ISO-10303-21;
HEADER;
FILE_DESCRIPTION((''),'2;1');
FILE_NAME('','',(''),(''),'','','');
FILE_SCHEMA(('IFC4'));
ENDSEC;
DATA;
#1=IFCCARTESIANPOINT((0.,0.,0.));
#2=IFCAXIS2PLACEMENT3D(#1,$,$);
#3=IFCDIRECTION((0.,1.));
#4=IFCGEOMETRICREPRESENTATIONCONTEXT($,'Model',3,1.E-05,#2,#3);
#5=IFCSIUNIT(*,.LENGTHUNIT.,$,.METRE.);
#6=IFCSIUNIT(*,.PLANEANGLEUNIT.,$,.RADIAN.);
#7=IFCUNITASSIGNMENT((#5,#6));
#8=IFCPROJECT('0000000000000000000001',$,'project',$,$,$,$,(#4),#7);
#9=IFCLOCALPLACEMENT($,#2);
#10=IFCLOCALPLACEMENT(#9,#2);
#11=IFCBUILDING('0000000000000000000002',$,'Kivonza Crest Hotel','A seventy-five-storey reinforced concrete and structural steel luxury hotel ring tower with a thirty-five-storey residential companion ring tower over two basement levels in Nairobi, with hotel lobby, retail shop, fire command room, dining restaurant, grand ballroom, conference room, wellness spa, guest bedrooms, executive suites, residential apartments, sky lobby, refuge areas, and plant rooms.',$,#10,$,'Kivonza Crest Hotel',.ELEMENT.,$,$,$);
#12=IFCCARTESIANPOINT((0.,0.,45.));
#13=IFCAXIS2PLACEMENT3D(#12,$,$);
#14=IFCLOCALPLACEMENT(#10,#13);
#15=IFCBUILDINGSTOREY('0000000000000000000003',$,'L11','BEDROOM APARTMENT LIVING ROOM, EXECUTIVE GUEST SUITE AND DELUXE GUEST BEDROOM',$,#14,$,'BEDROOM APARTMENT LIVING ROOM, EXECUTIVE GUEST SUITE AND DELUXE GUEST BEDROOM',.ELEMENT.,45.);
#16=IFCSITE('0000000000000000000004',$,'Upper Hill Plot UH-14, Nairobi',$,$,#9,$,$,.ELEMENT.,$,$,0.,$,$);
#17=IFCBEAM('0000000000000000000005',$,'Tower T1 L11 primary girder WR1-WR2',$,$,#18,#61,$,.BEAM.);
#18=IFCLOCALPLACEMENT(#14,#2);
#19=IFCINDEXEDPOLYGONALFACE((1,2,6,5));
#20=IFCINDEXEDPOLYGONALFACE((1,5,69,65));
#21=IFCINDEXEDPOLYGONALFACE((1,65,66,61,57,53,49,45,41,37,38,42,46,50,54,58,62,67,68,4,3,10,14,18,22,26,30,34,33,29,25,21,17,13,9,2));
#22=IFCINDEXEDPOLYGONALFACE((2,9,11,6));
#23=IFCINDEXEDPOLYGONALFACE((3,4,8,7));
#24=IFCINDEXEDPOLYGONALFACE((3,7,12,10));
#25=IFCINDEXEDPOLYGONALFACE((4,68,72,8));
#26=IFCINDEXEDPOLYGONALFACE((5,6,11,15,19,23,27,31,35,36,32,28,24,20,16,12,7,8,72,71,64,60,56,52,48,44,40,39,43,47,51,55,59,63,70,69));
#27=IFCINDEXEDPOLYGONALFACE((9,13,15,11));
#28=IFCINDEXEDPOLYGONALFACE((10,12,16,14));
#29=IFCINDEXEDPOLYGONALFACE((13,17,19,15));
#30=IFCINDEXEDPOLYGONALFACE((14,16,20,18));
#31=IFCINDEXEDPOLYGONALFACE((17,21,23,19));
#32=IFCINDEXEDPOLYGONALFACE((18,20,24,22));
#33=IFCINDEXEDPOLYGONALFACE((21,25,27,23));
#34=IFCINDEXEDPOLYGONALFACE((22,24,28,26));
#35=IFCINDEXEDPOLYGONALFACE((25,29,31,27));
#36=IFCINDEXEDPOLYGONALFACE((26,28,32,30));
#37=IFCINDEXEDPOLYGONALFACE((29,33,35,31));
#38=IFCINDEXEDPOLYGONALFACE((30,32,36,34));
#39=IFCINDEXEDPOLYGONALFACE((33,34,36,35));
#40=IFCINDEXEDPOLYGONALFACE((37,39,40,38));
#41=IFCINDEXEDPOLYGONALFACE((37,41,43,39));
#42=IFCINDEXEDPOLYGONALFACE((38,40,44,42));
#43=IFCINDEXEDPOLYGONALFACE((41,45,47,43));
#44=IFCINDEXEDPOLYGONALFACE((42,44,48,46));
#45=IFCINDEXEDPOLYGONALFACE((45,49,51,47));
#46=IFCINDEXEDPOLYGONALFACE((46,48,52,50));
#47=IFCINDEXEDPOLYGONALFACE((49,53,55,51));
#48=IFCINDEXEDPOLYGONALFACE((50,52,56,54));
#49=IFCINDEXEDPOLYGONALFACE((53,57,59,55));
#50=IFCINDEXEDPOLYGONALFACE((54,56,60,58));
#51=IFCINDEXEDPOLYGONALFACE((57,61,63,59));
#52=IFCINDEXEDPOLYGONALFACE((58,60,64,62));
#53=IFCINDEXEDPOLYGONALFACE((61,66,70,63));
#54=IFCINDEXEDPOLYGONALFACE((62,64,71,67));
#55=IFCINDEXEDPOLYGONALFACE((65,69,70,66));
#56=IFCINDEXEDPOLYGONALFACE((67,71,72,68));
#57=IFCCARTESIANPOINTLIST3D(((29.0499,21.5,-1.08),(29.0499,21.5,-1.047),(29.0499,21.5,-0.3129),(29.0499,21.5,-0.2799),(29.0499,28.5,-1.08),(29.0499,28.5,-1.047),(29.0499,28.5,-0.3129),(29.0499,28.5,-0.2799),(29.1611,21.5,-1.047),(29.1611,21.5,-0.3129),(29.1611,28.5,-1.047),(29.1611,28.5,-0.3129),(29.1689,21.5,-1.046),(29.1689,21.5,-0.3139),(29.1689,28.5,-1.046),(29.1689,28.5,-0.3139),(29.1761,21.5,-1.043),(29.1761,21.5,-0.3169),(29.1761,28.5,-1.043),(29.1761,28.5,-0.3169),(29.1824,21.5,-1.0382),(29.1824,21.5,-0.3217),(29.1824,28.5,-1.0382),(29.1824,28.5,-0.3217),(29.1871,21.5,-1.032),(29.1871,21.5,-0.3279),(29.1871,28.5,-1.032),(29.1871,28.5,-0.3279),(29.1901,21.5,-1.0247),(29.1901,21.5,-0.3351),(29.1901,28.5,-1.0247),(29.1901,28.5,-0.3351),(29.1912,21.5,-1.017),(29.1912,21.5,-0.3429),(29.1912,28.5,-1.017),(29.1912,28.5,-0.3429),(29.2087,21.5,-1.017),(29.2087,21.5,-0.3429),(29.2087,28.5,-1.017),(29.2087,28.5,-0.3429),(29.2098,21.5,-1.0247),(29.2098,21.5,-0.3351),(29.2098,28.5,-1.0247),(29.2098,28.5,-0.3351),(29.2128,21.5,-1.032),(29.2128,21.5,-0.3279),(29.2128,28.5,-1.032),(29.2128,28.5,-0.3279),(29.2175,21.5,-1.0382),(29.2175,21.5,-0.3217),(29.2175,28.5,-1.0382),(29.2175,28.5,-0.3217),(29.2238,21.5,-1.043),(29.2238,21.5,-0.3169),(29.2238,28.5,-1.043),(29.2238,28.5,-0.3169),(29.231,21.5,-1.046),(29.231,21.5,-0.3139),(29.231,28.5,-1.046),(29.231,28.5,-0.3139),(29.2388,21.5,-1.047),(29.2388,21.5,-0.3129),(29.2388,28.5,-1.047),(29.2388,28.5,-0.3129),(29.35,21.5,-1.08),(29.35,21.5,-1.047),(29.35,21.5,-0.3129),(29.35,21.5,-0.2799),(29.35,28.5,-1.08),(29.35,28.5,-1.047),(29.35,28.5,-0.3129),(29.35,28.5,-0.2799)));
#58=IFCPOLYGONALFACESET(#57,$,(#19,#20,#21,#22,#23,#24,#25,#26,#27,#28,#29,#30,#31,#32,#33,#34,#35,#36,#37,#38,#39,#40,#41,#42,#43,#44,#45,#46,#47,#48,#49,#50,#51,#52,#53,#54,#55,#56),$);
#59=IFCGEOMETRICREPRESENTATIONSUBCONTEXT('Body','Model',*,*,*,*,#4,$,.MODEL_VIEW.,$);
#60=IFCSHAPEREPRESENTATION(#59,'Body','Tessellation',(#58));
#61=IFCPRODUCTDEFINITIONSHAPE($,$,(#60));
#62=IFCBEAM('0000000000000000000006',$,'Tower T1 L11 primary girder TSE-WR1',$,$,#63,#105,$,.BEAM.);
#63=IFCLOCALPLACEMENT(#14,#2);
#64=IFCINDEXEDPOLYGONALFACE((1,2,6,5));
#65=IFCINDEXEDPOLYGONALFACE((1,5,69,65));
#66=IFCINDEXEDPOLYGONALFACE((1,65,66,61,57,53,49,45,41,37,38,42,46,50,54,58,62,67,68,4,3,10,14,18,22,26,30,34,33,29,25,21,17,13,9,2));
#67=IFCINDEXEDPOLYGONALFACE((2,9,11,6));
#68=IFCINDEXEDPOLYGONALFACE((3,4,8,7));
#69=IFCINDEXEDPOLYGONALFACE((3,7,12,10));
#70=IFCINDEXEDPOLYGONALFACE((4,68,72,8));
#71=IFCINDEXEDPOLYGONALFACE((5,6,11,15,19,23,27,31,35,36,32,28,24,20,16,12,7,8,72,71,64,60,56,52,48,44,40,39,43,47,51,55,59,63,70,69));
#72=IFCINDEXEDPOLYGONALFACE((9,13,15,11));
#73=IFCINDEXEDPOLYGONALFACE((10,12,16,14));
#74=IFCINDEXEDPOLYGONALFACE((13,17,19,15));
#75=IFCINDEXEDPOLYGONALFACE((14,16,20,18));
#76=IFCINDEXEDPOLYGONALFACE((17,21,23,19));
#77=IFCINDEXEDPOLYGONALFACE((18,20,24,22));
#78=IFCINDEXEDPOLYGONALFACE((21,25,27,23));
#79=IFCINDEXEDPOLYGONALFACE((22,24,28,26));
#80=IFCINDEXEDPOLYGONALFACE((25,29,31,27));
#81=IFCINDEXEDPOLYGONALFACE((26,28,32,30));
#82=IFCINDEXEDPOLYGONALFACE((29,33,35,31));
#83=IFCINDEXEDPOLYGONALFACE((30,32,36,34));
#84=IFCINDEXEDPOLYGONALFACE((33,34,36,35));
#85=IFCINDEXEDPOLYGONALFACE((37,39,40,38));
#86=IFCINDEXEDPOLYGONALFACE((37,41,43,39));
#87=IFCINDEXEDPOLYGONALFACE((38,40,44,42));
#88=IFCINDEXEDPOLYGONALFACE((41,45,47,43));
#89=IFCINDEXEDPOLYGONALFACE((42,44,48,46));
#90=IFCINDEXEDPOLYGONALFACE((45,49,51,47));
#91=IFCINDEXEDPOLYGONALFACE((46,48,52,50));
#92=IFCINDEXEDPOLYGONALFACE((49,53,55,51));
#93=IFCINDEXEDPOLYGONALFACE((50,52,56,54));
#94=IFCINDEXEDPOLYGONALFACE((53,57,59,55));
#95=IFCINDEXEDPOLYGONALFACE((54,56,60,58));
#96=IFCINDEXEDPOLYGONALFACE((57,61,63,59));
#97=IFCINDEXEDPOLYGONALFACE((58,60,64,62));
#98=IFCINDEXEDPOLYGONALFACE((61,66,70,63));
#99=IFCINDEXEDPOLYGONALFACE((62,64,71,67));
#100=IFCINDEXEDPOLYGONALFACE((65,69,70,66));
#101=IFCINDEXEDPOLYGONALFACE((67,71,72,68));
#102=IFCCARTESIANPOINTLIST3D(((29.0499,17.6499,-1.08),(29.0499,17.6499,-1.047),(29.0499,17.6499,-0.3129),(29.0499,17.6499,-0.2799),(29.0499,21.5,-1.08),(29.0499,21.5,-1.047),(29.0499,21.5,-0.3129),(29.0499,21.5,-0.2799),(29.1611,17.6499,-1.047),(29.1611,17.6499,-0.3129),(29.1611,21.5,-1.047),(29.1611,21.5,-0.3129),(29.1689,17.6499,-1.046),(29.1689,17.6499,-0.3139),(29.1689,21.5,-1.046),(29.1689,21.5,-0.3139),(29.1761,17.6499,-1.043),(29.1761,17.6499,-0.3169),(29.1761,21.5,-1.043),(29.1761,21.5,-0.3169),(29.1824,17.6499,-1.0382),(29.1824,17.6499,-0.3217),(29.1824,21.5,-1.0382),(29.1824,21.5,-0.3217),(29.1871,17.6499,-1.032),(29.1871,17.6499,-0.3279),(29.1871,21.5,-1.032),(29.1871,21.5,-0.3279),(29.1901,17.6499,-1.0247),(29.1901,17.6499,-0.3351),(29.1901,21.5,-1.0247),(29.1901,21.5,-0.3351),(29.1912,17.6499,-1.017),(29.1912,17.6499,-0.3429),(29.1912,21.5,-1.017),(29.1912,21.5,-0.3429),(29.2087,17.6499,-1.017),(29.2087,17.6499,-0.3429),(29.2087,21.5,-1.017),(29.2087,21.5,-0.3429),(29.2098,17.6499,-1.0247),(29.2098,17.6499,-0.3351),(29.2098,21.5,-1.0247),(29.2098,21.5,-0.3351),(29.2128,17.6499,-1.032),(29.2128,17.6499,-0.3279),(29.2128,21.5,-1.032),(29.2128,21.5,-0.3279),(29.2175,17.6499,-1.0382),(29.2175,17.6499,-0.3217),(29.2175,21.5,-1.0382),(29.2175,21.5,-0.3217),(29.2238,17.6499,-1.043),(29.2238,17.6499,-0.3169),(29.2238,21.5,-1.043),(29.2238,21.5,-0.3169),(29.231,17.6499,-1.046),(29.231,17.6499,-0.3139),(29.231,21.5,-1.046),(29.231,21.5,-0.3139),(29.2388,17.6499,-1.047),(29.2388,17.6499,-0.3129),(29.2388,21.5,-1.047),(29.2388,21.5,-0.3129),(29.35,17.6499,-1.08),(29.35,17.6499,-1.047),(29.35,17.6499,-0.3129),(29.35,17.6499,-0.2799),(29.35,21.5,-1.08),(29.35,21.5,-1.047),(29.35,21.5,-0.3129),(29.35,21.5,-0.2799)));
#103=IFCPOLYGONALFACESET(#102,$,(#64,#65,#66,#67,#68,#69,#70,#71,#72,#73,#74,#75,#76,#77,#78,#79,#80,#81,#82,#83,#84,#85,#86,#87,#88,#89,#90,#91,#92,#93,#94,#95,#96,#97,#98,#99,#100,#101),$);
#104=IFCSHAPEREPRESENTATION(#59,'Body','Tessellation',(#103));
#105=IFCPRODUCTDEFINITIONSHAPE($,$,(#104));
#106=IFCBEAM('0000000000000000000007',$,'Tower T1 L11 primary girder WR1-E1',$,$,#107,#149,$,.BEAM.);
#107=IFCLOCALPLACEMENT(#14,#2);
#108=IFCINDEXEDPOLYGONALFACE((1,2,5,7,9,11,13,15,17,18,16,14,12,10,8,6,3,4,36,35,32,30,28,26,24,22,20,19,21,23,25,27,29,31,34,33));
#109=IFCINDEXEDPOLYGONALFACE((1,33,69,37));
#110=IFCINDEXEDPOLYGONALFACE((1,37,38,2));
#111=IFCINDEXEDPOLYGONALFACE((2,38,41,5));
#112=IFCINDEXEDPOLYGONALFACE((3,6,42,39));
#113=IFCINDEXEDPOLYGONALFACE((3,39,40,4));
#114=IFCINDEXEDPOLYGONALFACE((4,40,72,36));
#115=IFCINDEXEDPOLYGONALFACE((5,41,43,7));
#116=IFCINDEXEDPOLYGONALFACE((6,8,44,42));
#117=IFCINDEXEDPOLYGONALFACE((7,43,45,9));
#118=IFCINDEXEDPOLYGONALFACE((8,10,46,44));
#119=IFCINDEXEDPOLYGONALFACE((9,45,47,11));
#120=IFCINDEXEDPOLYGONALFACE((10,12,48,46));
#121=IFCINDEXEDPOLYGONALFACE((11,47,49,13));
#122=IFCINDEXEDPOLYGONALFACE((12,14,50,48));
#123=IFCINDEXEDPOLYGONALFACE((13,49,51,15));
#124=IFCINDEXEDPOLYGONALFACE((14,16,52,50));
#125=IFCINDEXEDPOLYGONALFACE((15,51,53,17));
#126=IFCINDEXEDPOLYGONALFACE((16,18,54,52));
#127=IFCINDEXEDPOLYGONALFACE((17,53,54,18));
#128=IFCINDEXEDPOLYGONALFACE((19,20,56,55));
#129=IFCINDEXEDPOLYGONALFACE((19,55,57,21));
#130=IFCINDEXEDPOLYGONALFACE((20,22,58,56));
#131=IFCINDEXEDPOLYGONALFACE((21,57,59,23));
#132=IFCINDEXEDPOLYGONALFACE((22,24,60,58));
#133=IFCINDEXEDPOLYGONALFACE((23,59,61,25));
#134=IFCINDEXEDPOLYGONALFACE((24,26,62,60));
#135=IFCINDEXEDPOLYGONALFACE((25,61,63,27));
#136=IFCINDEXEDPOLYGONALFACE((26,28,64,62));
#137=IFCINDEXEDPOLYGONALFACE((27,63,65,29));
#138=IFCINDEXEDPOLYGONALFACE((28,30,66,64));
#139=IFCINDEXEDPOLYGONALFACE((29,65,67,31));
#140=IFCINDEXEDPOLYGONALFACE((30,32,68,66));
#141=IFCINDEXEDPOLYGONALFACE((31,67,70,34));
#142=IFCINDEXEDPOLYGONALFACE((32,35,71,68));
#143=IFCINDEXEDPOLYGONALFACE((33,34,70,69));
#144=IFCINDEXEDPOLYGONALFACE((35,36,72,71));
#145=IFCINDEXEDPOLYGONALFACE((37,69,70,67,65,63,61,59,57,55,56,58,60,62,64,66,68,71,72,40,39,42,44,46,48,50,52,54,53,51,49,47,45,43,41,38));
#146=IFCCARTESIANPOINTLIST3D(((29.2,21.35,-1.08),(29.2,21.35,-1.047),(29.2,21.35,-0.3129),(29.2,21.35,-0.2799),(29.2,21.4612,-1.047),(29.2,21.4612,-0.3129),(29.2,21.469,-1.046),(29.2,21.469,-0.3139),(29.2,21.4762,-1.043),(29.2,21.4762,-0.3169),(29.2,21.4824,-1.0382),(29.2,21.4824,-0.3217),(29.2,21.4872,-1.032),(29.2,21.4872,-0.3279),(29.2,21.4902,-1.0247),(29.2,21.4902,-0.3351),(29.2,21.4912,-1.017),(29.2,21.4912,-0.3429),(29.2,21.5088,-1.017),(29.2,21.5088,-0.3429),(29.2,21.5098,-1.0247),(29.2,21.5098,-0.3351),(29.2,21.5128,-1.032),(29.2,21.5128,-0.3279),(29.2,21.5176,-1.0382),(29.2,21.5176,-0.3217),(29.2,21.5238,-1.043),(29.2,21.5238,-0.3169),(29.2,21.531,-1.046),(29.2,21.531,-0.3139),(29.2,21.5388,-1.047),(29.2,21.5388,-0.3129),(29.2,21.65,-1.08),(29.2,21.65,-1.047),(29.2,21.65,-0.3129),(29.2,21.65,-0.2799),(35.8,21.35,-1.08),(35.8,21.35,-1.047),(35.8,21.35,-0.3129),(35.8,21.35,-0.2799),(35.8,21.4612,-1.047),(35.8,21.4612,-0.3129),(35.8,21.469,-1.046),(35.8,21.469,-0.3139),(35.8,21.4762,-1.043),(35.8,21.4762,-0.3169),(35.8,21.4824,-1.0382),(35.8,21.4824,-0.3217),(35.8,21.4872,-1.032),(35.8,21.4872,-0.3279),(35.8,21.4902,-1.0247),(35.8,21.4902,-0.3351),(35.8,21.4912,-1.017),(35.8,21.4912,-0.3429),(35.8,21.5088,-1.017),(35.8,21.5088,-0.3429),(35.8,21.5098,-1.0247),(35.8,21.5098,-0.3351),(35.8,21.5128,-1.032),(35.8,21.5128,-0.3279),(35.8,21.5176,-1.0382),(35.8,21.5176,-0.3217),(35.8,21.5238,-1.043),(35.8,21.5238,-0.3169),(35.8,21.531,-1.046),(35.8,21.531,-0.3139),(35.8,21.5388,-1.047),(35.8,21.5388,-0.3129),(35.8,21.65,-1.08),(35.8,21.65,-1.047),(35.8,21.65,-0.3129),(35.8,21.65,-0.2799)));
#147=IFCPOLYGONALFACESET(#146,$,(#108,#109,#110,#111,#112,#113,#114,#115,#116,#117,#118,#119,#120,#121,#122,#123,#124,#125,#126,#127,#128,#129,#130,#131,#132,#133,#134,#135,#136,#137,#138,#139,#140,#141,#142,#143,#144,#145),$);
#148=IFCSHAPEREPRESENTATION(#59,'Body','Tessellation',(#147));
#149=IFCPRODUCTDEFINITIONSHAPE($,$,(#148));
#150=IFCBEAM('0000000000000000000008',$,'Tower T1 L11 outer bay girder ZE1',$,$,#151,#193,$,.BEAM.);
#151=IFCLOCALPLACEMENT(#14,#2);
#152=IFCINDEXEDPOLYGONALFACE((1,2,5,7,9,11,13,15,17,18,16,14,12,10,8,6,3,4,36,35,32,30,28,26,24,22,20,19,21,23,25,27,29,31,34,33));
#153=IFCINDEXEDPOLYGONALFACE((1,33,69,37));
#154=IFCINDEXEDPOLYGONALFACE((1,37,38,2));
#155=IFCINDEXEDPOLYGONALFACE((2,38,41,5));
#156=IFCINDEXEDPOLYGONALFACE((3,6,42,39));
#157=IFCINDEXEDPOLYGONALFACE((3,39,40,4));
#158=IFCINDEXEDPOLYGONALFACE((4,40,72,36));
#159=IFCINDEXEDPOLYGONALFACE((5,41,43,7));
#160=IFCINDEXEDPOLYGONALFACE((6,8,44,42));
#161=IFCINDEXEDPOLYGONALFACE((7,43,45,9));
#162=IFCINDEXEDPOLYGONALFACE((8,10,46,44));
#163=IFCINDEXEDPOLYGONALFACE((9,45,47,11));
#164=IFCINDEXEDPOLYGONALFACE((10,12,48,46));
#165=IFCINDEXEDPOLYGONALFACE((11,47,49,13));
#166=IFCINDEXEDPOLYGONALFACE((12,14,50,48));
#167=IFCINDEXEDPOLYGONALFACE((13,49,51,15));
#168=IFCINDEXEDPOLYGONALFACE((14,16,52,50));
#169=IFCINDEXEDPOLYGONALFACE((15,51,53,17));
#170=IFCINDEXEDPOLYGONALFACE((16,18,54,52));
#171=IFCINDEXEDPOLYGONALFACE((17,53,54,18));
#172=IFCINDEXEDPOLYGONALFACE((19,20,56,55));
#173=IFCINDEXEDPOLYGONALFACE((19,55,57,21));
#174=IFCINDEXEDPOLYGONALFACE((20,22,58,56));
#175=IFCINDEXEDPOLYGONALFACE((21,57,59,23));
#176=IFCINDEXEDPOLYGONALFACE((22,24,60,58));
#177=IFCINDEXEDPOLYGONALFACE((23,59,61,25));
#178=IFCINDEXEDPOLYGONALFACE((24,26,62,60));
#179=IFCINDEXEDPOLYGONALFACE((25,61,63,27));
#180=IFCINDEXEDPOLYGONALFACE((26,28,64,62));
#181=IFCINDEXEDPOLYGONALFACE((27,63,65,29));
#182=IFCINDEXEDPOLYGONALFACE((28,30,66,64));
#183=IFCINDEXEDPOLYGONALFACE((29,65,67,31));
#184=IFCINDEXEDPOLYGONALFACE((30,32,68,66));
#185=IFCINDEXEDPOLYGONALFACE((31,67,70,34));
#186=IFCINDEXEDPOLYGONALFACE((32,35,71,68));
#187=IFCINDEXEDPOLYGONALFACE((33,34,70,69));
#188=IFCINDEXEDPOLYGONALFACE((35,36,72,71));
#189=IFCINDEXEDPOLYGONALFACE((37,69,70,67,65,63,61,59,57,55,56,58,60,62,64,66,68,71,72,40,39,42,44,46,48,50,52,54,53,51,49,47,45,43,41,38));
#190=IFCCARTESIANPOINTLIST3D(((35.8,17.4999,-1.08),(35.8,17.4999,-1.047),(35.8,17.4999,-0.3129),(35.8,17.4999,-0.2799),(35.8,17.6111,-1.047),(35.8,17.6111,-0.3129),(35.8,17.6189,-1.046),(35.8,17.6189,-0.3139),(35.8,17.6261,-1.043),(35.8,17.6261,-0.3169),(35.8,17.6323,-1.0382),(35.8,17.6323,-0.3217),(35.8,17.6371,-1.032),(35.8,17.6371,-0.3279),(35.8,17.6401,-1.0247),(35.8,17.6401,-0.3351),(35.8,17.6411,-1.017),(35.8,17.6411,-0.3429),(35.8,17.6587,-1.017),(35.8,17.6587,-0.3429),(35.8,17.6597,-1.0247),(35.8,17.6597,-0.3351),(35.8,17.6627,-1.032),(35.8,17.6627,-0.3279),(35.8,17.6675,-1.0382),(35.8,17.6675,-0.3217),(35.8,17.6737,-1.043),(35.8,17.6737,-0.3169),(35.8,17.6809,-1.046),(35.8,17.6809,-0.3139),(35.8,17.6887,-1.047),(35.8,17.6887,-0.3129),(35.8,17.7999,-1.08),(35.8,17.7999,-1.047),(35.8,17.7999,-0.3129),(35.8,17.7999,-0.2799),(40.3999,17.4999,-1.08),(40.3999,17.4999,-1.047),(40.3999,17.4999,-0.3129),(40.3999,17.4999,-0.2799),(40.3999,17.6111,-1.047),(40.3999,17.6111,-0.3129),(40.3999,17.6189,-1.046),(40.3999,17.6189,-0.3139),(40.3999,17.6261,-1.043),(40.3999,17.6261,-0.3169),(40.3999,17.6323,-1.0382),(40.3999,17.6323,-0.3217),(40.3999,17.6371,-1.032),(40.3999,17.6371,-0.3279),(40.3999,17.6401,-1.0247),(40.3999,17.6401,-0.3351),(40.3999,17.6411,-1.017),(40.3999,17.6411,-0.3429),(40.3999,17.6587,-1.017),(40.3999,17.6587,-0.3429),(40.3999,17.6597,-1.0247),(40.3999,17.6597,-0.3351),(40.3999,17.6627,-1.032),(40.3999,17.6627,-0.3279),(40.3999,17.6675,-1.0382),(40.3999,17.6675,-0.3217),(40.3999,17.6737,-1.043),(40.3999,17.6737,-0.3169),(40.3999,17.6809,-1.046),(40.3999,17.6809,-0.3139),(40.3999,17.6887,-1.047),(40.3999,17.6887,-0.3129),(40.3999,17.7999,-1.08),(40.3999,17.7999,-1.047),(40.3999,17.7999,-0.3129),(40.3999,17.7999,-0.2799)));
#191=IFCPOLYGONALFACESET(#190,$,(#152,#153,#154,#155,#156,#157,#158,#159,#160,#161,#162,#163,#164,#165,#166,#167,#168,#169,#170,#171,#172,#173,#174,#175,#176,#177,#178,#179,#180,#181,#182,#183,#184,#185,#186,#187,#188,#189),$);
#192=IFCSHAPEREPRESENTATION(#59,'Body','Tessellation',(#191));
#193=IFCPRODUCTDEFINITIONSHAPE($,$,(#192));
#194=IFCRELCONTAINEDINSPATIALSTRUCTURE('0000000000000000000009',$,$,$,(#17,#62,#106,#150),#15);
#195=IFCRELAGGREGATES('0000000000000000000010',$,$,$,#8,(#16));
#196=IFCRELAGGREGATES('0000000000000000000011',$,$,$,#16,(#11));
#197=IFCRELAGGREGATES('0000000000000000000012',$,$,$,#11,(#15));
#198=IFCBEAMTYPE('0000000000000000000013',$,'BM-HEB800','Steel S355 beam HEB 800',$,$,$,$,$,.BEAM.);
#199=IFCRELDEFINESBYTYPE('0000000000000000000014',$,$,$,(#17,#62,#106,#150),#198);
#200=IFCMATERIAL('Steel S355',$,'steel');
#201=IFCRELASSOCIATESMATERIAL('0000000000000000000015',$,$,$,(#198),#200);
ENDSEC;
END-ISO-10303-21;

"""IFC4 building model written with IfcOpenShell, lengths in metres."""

from ifc_helpers import new_model, si_unit, direction, frame, origin, origin_2d, place, context, subcontext, project, spatial, i_section, extrude, material, material_profile, profile_set, type_object, element, save


model = new_model("IFC4")

# Units and contexts
model_context = context("Model", 3, precision=1e-05, world=origin(), true_north=direction((0.0, 1.0)))
body_context = subcontext(model_context, "Body", "Model", "MODEL_VIEW")
ifc_project = project(units=[si_unit("LENGTHUNIT", "METRE"), si_unit("PLANEANGLEUNIT", "RADIAN")], contexts=[model_context])

# Site, building, storey
site_placement = place(None, origin())
site = spatial("IfcSite", under=ifc_project, at=site_placement, Name="Upper Hill Plot UH-14, Nairobi", CompositionType="ELEMENT", RefElevation=0.0)
building_placement = place(site_placement, origin())
building = spatial("IfcBuilding", under=site, at=building_placement, Name="Kivonza Crest Hotel", Description="A seventy-five-storey reinforced concrete and structural steel luxury hotel ring tower with a thirty-five-storey residential companion ring tower over two basement levels in Nairobi, with hotel lobby, retail shop, fire command room, dining restaurant, grand ballroom, conference room, wellness spa, guest bedrooms, executive suites, residential apartments, sky lobby, refuge areas, and plant rooms.", LongName="Kivonza Crest Hotel", CompositionType="ELEMENT")
storey_placement = place(building_placement, frame((0.0, 0.0, 45.0)))
storey = spatial("IfcBuildingStorey", under=building, at=storey_placement, Name="L11", Description="BEDROOM APARTMENT LIVING ROOM, EXECUTIVE GUEST SUITE AND DELUXE GUEST BEDROOM", LongName="BEDROOM APARTMENT LIVING ROOM, EXECUTIVE GUEST SUITE AND DELUXE GUEST BEDROOM", CompositionType="ELEMENT", Elevation=45.0)

# Beams
ifc_material_1 = material(Name="Steel S355", Category="steel")
ifc_material_profile_1 = material_profile(ifc_material_1, i_section(OverallWidth=0.3, OverallDepth=0.8, WebThickness=0.0176, FlangeThickness=0.033, FilletRadius=0.03, at=origin_2d()), Name="HEB 800")
ifc_profile_set_1 = profile_set([ifc_material_profile_1], Name="Steel S355")
beam_type_1 = type_object("IfcBeamType", Name="BM-HEB800", Description="Steel S355 beam HEB 800", PredefinedType="BEAM", material=ifc_profile_set_1)
beam_1_placement = place(storey_placement, frame((29.2, 21.5, -0.6799), z_axis=(0.0, 1.0, 0.0), x_axis=(-1.0, 0.0, 0.0)))
element("IfcBeam", 1, at=beam_1_placement, inside=storey, type_object=beam_type_1, Name="Tower T1 L11 primary girder WR1-WR2", PredefinedType="BEAM", context=body_context, shape_type="SweptSolid", body=[
    extrude(i_section(OverallWidth=0.3, OverallDepth=0.8, WebThickness=0.0176, FlangeThickness=0.033, FilletRadius=0.03, at=origin_2d()), origin(), (0.0, 0.0, 1.0), 7.0),
])
beam_2_placement = place(storey_placement, frame((29.2, 17.6499, -0.6799), z_axis=(0.0, 1.0, 0.0), x_axis=(-1.0, 0.0, 0.0)))
element("IfcBeam", 2, at=beam_2_placement, inside=storey, type_object=beam_type_1, Name="Tower T1 L11 primary girder TSE-WR1", PredefinedType="BEAM", context=body_context, shape_type="SweptSolid", body=[
    extrude(i_section(OverallWidth=0.3, OverallDepth=0.8, WebThickness=0.0176, FlangeThickness=0.033, FilletRadius=0.03, at=origin_2d()), origin(), (0.0, 0.0, 1.0), 3.8501),
])
beam_3_placement = place(storey_placement, frame((29.2, 21.5, -0.6799), z_axis=(1.0, 0.0, 0.0), x_axis=(0.0, 1.0, 0.0)))
element("IfcBeam", 3, at=beam_3_placement, inside=storey, type_object=beam_type_1, Name="Tower T1 L11 primary girder WR1-E1", PredefinedType="BEAM", context=body_context, shape_type="SweptSolid", body=[
    extrude(i_section(OverallWidth=0.3, OverallDepth=0.8, WebThickness=0.0176, FlangeThickness=0.033, FilletRadius=0.03, at=origin_2d()), origin(), (0.0, 0.0, 1.0), 6.6001),
])
beam_4_placement = place(storey_placement, frame((40.3999, 17.6499, -0.6799), z_axis=(-1.0, 0.0, 0.0), x_axis=(0.0, -1.0, 0.0)))
element("IfcBeam", 4, at=beam_4_placement, inside=storey, type_object=beam_type_1, Name="Tower T1 L11 outer bay girder ZE1", PredefinedType="BEAM", context=body_context, shape_type="SweptSolid", body=[
    extrude(i_section(OverallWidth=0.3, OverallDepth=0.8, WebThickness=0.0176, FlangeThickness=0.033, FilletRadius=0.03, at=origin_2d()), origin(), (0.0, 0.0, 1.0), 4.5999),
])

save(model, "model.ifc")
